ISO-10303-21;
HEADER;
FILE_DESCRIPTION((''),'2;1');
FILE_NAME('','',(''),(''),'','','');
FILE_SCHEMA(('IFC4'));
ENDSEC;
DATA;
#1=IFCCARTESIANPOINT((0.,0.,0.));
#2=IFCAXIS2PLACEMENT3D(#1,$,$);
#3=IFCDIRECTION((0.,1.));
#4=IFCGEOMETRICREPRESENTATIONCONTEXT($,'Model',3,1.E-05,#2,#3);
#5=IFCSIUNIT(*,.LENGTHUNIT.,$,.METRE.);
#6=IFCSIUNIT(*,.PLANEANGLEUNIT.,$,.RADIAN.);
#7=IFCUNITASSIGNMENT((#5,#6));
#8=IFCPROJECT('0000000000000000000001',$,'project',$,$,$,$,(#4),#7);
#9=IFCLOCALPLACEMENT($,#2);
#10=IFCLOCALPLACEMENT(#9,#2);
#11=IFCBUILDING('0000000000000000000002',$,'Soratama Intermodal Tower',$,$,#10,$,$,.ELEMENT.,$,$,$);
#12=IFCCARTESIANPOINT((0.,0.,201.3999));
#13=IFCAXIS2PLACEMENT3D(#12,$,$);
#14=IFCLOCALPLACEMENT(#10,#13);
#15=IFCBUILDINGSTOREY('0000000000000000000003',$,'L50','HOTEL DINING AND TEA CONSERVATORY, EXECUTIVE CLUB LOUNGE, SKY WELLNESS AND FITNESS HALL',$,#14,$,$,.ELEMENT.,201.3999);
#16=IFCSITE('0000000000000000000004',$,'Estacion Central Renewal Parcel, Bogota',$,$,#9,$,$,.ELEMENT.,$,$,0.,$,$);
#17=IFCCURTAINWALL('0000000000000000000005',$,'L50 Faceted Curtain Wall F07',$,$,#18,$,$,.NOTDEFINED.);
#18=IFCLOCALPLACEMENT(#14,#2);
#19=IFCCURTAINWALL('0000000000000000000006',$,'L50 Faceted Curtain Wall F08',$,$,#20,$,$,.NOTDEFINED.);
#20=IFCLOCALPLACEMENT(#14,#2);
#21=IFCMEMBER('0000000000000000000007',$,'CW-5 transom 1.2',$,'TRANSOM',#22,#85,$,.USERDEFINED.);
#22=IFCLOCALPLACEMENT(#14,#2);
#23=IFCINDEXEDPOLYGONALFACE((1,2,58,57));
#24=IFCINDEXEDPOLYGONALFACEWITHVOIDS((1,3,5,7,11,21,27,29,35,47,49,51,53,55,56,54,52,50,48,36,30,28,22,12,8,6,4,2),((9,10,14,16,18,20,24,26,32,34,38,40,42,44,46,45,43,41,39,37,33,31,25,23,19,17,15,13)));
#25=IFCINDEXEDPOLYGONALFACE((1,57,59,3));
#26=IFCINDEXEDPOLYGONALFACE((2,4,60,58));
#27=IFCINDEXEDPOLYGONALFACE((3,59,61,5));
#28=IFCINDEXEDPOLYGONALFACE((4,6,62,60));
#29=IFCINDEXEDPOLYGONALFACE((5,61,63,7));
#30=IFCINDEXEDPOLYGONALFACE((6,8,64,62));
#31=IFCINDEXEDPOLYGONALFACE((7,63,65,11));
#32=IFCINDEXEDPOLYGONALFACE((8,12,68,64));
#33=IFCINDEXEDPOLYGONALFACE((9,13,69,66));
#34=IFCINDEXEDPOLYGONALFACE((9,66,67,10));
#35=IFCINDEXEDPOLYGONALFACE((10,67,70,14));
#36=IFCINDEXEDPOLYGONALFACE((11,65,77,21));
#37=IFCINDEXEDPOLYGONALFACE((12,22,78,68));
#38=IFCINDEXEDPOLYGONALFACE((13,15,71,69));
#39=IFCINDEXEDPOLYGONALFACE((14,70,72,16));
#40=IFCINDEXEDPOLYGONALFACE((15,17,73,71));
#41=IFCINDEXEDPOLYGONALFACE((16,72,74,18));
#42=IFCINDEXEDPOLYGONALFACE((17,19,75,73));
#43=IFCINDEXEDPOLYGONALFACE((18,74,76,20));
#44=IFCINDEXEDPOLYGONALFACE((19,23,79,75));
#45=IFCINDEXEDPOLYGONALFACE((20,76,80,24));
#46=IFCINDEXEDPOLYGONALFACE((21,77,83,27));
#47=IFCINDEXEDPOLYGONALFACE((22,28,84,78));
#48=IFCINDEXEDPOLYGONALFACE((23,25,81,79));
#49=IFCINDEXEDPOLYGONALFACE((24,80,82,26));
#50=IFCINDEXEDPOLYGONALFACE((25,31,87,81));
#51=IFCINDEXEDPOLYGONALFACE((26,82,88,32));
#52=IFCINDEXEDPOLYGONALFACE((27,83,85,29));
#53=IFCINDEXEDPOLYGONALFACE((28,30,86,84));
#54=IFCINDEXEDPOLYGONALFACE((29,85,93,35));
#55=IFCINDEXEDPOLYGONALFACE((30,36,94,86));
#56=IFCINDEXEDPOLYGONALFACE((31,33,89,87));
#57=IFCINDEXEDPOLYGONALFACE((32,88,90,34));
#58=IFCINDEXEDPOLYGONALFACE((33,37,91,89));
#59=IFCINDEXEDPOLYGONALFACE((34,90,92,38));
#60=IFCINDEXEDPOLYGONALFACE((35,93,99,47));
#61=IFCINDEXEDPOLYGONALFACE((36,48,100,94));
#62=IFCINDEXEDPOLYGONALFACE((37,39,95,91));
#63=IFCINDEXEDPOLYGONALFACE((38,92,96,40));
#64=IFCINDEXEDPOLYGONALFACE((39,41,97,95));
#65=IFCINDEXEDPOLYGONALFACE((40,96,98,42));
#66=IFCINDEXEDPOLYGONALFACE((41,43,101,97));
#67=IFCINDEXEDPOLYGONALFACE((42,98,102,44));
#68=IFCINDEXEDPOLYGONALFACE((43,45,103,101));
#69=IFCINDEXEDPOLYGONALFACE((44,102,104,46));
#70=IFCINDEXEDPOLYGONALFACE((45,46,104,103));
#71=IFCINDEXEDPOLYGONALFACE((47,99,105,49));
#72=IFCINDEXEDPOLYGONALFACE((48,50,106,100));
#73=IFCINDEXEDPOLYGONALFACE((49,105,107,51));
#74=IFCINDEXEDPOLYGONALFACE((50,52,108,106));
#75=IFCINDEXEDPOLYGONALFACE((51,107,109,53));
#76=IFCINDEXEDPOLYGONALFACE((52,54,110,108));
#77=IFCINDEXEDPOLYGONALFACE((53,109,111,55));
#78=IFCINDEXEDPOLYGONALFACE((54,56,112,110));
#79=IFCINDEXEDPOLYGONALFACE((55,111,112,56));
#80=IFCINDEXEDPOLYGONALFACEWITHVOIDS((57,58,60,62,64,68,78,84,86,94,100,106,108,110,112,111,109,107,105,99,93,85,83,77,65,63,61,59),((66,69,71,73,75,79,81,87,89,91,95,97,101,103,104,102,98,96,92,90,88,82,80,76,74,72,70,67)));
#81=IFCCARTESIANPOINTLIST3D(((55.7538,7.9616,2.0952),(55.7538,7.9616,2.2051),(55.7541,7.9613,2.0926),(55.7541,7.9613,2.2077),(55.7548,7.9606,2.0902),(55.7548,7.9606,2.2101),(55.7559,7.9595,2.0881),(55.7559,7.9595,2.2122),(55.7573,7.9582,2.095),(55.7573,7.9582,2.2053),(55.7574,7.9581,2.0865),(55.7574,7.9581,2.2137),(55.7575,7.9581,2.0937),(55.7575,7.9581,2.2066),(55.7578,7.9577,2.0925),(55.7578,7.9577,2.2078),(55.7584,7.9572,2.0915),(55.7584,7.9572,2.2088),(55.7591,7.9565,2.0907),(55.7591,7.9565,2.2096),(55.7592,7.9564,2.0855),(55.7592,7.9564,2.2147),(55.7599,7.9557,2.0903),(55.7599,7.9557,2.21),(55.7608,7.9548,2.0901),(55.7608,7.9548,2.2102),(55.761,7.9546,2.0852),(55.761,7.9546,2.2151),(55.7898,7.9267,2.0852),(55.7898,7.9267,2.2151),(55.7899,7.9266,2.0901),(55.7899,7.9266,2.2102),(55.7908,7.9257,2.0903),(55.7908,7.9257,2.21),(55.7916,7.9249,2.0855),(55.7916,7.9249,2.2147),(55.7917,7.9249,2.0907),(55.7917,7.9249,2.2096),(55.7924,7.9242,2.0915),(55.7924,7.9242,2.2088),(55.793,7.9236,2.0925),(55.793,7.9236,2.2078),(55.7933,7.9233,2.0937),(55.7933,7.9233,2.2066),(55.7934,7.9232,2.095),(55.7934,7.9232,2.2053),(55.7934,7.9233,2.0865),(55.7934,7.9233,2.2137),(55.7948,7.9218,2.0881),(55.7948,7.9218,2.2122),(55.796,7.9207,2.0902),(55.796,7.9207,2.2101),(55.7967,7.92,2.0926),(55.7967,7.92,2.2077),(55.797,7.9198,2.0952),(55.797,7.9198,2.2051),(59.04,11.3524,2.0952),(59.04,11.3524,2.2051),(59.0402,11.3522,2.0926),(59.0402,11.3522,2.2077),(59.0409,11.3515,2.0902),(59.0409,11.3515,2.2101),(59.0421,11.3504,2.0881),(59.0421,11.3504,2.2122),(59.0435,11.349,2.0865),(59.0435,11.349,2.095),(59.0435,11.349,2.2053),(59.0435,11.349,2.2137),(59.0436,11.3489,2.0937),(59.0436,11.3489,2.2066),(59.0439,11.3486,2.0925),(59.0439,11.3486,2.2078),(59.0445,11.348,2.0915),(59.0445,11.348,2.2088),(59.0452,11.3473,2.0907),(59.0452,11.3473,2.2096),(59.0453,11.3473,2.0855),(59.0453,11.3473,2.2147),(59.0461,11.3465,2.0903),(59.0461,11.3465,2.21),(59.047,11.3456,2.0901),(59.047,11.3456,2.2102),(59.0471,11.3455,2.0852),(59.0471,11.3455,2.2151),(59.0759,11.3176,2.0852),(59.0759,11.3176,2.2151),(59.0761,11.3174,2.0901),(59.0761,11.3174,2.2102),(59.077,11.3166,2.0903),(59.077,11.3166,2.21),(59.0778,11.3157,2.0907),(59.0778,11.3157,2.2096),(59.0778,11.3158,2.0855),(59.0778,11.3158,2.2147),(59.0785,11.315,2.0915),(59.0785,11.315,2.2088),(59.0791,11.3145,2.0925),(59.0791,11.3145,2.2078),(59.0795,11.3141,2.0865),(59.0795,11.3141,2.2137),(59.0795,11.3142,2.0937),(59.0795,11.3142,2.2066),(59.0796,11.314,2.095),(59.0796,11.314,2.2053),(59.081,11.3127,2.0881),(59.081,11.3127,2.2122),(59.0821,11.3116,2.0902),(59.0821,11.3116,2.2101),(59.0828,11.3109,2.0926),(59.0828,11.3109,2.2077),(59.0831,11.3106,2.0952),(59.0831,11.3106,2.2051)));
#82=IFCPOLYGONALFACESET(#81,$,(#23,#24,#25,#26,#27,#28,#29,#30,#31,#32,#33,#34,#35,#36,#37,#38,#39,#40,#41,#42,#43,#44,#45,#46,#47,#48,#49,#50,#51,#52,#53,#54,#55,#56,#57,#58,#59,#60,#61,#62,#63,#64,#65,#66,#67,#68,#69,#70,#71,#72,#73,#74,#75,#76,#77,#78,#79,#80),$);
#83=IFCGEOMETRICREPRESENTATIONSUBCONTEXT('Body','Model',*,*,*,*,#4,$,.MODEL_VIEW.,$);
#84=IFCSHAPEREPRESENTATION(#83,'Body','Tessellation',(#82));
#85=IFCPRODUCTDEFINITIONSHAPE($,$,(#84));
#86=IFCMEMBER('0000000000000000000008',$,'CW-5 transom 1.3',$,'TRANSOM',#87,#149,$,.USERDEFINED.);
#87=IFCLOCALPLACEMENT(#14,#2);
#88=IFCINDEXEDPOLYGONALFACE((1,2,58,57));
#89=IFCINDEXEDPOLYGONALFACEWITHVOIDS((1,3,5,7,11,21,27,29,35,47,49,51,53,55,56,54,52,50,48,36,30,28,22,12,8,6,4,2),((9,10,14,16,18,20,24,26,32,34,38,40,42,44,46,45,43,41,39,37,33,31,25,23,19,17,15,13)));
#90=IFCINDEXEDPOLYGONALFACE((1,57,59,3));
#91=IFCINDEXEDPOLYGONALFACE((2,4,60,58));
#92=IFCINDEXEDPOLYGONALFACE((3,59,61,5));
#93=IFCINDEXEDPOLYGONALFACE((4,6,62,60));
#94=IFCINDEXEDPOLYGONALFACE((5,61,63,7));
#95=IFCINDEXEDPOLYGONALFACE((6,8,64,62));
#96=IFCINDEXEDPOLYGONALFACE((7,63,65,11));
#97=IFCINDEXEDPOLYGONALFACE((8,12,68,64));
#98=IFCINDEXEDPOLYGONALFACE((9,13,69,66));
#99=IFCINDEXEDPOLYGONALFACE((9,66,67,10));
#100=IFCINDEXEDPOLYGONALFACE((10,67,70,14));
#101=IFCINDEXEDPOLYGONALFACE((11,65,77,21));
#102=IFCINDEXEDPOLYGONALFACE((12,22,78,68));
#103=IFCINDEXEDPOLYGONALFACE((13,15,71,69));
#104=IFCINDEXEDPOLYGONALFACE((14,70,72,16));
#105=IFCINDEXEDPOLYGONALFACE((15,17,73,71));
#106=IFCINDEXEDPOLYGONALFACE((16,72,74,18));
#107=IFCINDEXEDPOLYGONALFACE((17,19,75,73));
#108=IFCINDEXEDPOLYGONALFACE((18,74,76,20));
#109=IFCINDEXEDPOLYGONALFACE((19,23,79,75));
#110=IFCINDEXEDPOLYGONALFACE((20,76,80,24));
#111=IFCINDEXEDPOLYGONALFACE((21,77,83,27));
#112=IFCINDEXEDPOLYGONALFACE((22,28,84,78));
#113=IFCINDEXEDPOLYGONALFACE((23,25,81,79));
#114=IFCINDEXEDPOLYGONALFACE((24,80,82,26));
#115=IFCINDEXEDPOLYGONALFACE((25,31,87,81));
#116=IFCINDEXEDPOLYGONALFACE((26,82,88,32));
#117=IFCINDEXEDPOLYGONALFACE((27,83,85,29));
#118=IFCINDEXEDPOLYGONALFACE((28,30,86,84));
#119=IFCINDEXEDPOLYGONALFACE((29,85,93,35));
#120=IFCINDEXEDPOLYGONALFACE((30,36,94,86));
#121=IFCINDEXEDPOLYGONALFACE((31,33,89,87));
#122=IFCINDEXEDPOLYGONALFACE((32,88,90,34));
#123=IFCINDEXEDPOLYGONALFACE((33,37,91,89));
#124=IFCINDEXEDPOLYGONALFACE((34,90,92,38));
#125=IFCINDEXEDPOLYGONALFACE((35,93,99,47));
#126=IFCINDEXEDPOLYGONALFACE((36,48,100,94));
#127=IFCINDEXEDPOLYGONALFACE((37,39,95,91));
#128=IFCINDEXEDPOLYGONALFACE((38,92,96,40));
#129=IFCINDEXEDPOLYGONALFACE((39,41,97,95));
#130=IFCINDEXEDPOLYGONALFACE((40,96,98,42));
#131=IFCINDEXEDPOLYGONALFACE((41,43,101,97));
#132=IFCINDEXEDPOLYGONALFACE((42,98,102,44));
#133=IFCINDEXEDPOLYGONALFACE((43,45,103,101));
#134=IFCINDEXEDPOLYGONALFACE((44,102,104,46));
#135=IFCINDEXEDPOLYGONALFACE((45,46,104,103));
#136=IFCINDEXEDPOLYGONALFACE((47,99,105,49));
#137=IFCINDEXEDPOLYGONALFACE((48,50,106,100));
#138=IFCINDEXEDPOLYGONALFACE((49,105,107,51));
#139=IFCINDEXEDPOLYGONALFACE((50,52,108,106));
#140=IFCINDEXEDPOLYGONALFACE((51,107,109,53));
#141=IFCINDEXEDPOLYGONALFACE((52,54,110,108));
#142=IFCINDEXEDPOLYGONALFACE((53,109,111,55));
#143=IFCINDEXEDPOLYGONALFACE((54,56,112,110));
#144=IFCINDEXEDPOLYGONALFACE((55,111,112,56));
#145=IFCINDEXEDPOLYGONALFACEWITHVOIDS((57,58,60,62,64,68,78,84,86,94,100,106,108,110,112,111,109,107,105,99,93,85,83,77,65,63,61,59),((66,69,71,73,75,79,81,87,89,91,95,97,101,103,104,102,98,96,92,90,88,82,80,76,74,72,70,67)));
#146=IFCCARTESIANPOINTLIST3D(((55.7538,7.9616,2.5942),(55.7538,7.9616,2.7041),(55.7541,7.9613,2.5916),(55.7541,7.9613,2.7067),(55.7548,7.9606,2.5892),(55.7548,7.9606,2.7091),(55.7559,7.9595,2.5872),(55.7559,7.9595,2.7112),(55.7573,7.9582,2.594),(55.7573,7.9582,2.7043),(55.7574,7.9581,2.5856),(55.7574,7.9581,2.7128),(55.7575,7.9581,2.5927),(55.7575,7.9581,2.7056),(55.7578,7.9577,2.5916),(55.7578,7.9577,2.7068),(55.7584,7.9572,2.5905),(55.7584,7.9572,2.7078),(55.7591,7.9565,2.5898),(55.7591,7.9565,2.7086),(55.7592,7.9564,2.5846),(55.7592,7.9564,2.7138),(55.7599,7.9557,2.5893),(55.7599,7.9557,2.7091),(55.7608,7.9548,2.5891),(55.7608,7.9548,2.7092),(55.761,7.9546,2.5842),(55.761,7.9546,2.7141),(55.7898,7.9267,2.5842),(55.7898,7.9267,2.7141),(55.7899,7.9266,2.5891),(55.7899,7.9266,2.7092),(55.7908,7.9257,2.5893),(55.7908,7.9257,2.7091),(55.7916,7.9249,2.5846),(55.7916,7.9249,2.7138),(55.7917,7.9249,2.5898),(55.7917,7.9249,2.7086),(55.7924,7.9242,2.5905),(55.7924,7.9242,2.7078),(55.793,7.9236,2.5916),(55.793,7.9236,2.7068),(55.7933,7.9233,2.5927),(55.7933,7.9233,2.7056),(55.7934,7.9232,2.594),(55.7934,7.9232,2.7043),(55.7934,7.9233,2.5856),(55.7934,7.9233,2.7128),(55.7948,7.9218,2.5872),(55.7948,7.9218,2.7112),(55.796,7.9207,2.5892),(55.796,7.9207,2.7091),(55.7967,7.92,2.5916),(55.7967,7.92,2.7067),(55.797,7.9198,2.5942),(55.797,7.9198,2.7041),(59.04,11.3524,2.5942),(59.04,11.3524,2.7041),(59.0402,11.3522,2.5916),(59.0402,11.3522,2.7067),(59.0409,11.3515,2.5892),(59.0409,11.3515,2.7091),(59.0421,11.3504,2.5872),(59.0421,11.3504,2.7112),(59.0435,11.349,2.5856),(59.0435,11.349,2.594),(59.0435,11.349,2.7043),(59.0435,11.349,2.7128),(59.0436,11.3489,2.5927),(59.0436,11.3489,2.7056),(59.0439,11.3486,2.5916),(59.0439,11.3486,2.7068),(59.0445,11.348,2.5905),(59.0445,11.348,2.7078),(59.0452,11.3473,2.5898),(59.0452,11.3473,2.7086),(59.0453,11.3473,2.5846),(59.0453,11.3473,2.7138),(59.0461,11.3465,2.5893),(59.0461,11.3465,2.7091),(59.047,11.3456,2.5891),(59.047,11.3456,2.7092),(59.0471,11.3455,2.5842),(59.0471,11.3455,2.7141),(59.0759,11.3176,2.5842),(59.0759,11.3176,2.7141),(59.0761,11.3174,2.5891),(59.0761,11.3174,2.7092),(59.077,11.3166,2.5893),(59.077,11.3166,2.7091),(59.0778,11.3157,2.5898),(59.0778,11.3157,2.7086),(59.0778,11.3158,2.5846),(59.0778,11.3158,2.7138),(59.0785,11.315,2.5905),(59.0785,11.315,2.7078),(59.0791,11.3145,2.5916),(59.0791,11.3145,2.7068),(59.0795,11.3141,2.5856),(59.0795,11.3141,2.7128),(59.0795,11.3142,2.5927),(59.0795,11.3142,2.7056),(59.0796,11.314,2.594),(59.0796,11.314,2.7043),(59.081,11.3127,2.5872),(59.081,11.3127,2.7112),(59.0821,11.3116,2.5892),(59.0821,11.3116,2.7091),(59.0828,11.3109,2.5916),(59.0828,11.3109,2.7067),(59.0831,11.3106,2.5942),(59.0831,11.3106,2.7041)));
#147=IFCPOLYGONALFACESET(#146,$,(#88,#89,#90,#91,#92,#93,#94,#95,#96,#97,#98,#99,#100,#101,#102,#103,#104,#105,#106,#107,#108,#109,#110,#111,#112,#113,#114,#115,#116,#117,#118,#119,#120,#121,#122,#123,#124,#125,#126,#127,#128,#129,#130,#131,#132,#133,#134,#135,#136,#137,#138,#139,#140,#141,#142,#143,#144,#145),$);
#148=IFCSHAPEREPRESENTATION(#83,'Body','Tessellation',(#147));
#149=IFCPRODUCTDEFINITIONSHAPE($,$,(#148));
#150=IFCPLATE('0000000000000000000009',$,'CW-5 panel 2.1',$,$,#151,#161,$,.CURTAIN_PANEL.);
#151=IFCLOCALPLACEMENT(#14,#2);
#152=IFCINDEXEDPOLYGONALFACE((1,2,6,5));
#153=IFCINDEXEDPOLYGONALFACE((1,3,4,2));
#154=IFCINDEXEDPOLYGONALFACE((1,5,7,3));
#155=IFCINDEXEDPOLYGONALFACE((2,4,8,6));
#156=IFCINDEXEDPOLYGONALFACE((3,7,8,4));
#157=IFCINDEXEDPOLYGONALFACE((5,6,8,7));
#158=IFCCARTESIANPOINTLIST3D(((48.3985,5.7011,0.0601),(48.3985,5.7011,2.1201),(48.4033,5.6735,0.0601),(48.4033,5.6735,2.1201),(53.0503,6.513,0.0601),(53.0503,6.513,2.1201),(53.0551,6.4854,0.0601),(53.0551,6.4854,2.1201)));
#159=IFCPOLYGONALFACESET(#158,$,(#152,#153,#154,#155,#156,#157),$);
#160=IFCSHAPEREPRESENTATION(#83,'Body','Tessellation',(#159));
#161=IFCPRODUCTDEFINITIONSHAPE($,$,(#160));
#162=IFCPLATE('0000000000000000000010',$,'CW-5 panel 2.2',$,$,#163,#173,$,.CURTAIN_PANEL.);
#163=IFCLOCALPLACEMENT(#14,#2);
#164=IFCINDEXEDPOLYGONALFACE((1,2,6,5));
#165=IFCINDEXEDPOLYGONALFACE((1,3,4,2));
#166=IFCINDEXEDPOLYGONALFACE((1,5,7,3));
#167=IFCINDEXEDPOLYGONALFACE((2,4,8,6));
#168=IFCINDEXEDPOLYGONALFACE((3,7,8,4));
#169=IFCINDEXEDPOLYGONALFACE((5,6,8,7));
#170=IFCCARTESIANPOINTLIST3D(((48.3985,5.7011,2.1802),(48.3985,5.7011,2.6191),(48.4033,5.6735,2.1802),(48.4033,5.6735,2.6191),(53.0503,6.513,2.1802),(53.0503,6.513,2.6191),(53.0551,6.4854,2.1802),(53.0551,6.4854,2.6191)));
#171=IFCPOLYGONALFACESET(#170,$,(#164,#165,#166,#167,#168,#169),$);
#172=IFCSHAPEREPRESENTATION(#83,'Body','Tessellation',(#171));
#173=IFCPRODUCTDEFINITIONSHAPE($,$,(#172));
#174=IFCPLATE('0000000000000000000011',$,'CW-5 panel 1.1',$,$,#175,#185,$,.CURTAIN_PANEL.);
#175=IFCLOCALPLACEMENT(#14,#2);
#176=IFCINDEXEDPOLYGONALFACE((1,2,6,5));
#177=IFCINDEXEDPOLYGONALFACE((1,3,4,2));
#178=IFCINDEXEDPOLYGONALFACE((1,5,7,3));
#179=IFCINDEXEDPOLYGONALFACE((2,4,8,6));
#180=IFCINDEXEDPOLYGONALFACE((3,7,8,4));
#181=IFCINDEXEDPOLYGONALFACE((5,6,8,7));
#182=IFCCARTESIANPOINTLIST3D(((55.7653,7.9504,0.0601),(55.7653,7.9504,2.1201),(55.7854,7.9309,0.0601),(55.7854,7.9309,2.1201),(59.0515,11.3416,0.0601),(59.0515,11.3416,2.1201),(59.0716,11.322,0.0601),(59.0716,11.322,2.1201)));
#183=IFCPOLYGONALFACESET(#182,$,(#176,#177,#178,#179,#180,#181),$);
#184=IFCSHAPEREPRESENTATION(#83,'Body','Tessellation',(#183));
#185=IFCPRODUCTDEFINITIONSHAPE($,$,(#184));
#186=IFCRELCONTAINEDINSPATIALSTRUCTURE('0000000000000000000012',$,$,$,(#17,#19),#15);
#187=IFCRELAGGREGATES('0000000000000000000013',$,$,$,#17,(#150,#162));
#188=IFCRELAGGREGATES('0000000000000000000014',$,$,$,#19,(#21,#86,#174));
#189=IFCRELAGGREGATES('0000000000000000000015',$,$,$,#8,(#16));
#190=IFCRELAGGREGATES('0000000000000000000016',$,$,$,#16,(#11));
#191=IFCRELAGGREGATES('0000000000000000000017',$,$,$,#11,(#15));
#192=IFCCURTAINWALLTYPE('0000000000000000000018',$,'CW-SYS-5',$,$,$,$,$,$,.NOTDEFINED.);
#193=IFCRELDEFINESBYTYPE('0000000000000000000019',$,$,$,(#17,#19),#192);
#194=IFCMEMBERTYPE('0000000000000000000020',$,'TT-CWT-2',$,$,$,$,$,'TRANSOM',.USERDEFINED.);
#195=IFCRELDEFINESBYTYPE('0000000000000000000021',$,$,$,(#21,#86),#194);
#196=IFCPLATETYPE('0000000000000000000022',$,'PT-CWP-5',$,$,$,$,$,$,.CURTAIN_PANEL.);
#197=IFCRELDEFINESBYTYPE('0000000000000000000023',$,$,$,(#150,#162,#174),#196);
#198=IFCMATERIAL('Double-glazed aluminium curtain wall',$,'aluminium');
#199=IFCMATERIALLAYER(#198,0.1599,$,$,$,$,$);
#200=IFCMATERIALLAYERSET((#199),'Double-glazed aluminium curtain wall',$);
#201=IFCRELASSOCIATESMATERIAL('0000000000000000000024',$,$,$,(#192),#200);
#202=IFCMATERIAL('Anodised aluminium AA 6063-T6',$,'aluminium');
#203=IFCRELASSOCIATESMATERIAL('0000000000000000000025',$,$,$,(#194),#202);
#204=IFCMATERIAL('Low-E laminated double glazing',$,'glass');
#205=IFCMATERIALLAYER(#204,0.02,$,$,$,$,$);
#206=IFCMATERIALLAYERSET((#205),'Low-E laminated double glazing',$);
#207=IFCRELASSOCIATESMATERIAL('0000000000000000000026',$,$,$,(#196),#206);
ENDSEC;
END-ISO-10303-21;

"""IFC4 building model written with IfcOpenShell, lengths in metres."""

from ifc_helpers import new_model, si_unit, direction, frame, origin, origin_2d, place, context, subcontext, project, spatial, rectangle, hollow_rectangle, extrude, material, layer, layer_set, material_profile, profile_set, type_object, element, aggregate, save


model = new_model("IFC4")

# Units and contexts
model_context = context("Model", 3, precision=1e-05, world=origin(), true_north=direction((0.0, 1.0)))
body_context = subcontext(model_context, "Body", "Model", "MODEL_VIEW")
ifc_project = project(units=[si_unit("LENGTHUNIT", "METRE"), si_unit("PLANEANGLEUNIT", "RADIAN")], contexts=[model_context])

# Site, building, storey
site_placement = place(None, origin())
site = spatial("IfcSite", under=ifc_project, at=site_placement, Name="Estacion Central Renewal Parcel, Bogota", CompositionType="ELEMENT", RefElevation=0.0)
building_placement = place(site_placement, origin())
building = spatial("IfcBuilding", under=site, at=building_placement, Name="Soratama Intermodal Tower", CompositionType="ELEMENT")
storey_placement = place(building_placement, frame((0.0, 0.0, 201.3999)))
storey = spatial("IfcBuildingStorey", under=building, at=storey_placement, Name="L50", Description="HOTEL DINING AND TEA CONSERVATORY, EXECUTIVE CLUB LOUNGE, SKY WELLNESS AND FITNESS HALL", CompositionType="ELEMENT", Elevation=201.3999)

# Curtain walls
ifc_material_1 = material(Name="Double-glazed aluminium curtain wall", Category="aluminium")
ifc_layer_1 = layer(ifc_material_1, 0.1599)
ifc_layer_set_1 = layer_set([ifc_layer_1], Name="Double-glazed aluminium curtain wall")
curtain_wall_type = type_object("IfcCurtainWallType", Name="CW-SYS-5", PredefinedType="NOTDEFINED", material=ifc_layer_set_1)
curtain_wall_1_placement = place(storey_placement, origin())
curtain_wall_1 = element("IfcCurtainWall", 1, at=curtain_wall_1_placement, inside=storey, type_object=curtain_wall_type, Name="L50 Faceted Curtain Wall F07", PredefinedType="NOTDEFINED")
curtain_wall_2_placement = place(storey_placement, origin())
curtain_wall_2 = element("IfcCurtainWall", 2, at=curtain_wall_2_placement, inside=storey, type_object=curtain_wall_type, Name="L50 Faceted Curtain Wall F08", PredefinedType="NOTDEFINED")

# Members
ifc_material_2 = material(Name="Anodised aluminium AA 6063-T6", Category="aluminium")
ifc_material_profile_1 = material_profile(ifc_material_2, hollow_rectangle(XDim=0.0601, YDim=0.1299, WallThickness=0.0049, InnerFilletRadius=0.0049, OuterFilletRadius=0.01, at=origin_2d()), Name="CWT130X60X5")
ifc_profile_set_1 = profile_set([ifc_material_profile_1], Name="Anodised aluminium AA 6063-T6")
member_type_1 = type_object("IfcMemberType", Name="TT-CWT-2", ElementType="TRANSOM", PredefinedType="USERDEFINED", material=ifc_profile_set_1)
member_1_placement = place(storey_placement, frame((55.7754, 7.9407, 2.1501), z_axis=(0.695929, 0.71811, 0.0), x_axis=(-0.71811, 0.695929, 0.0)))
member_1 = element("IfcMember", 3, at=member_1_placement, type_object=member_type_1, Name="CW-5 transom 1.2", ObjectType="TRANSOM", PredefinedType="USERDEFINED", context=body_context, shape_type="SweptSolid", body=[
    extrude(hollow_rectangle(XDim=0.0601, YDim=0.1299, WallThickness=0.0049, InnerFilletRadius=0.0049, OuterFilletRadius=0.01, at=origin_2d()), origin(), (0.0, 0.0, 1.0), 4.7219),
])
member_2_placement = place(storey_placement, frame((55.7754, 7.9407, 2.6492), z_axis=(0.695929, 0.71811, 0.0), x_axis=(-0.71811, 0.695929, 0.0)))
member_2 = element("IfcMember", 4, at=member_2_placement, type_object=member_type_1, Name="CW-5 transom 1.3", ObjectType="TRANSOM", PredefinedType="USERDEFINED", context=body_context, shape_type="SweptSolid", body=[
    extrude(hollow_rectangle(XDim=0.0601, YDim=0.1299, WallThickness=0.0049, InnerFilletRadius=0.0049, OuterFilletRadius=0.01, at=origin_2d()), origin(), (0.0, 0.0, 1.0), 4.7219),
])

# Plates
ifc_material_3 = material(Name="Low-E laminated double glazing", Category="glass")
ifc_layer_2 = layer(ifc_material_3, 0.02)
ifc_layer_set_2 = layer_set([ifc_layer_2], Name="Low-E laminated double glazing")
plate_type = type_object("IfcPlateType", Name="PT-CWP-5", PredefinedType="CURTAIN_PANEL", material=ifc_layer_set_2)
plate_1_placement = place(storey_placement, frame((50.7268, 6.0933, 0.0601), z_axis=(0.0, 0.0, 1.0), x_axis=(0.985109, 0.171933, 0.0)))
plate_1 = element("IfcPlate", 5, at=plate_1_placement, type_object=plate_type, Name="CW-5 panel 2.1", PredefinedType="CURTAIN_PANEL", context=body_context, shape_type="SweptSolid", body=[
    extrude(rectangle(XDim=4.7222, YDim=0.0281, at=origin_2d()), origin(), (0.0, 0.0, 1.0), 2.0601),
])
plate_2_placement = place(storey_placement, frame((50.7268, 6.0933, 2.1802), z_axis=(0.0, 0.0, 1.0), x_axis=(0.985109, 0.171933, 0.0)))
plate_2 = element("IfcPlate", 6, at=plate_2_placement, type_object=plate_type, Name="CW-5 panel 2.2", PredefinedType="CURTAIN_PANEL", context=body_context, shape_type="SweptSolid", body=[
    extrude(rectangle(XDim=4.7222, YDim=0.0281, at=origin_2d()), origin(), (0.0, 0.0, 1.0), 0.439),
])
aggregate(curtain_wall_1, [plate_1, plate_2])
plate_3_placement = place(storey_placement, frame((57.4185, 9.6362, 0.0601), z_axis=(0.0, 0.0, 1.0), x_axis=(0.695912, 0.718127, 0.0)))
plate_3 = element("IfcPlate", 7, at=plate_3_placement, type_object=plate_type, Name="CW-5 panel 1.1", PredefinedType="CURTAIN_PANEL", context=body_context, shape_type="SweptSolid", body=[
    extrude(rectangle(XDim=4.7222, YDim=0.0281, at=origin_2d()), origin(), (0.0, 0.0, 1.0), 2.0601),
])
aggregate(curtain_wall_2, [member_1, member_2, plate_3])

save(model, "model.ifc")
